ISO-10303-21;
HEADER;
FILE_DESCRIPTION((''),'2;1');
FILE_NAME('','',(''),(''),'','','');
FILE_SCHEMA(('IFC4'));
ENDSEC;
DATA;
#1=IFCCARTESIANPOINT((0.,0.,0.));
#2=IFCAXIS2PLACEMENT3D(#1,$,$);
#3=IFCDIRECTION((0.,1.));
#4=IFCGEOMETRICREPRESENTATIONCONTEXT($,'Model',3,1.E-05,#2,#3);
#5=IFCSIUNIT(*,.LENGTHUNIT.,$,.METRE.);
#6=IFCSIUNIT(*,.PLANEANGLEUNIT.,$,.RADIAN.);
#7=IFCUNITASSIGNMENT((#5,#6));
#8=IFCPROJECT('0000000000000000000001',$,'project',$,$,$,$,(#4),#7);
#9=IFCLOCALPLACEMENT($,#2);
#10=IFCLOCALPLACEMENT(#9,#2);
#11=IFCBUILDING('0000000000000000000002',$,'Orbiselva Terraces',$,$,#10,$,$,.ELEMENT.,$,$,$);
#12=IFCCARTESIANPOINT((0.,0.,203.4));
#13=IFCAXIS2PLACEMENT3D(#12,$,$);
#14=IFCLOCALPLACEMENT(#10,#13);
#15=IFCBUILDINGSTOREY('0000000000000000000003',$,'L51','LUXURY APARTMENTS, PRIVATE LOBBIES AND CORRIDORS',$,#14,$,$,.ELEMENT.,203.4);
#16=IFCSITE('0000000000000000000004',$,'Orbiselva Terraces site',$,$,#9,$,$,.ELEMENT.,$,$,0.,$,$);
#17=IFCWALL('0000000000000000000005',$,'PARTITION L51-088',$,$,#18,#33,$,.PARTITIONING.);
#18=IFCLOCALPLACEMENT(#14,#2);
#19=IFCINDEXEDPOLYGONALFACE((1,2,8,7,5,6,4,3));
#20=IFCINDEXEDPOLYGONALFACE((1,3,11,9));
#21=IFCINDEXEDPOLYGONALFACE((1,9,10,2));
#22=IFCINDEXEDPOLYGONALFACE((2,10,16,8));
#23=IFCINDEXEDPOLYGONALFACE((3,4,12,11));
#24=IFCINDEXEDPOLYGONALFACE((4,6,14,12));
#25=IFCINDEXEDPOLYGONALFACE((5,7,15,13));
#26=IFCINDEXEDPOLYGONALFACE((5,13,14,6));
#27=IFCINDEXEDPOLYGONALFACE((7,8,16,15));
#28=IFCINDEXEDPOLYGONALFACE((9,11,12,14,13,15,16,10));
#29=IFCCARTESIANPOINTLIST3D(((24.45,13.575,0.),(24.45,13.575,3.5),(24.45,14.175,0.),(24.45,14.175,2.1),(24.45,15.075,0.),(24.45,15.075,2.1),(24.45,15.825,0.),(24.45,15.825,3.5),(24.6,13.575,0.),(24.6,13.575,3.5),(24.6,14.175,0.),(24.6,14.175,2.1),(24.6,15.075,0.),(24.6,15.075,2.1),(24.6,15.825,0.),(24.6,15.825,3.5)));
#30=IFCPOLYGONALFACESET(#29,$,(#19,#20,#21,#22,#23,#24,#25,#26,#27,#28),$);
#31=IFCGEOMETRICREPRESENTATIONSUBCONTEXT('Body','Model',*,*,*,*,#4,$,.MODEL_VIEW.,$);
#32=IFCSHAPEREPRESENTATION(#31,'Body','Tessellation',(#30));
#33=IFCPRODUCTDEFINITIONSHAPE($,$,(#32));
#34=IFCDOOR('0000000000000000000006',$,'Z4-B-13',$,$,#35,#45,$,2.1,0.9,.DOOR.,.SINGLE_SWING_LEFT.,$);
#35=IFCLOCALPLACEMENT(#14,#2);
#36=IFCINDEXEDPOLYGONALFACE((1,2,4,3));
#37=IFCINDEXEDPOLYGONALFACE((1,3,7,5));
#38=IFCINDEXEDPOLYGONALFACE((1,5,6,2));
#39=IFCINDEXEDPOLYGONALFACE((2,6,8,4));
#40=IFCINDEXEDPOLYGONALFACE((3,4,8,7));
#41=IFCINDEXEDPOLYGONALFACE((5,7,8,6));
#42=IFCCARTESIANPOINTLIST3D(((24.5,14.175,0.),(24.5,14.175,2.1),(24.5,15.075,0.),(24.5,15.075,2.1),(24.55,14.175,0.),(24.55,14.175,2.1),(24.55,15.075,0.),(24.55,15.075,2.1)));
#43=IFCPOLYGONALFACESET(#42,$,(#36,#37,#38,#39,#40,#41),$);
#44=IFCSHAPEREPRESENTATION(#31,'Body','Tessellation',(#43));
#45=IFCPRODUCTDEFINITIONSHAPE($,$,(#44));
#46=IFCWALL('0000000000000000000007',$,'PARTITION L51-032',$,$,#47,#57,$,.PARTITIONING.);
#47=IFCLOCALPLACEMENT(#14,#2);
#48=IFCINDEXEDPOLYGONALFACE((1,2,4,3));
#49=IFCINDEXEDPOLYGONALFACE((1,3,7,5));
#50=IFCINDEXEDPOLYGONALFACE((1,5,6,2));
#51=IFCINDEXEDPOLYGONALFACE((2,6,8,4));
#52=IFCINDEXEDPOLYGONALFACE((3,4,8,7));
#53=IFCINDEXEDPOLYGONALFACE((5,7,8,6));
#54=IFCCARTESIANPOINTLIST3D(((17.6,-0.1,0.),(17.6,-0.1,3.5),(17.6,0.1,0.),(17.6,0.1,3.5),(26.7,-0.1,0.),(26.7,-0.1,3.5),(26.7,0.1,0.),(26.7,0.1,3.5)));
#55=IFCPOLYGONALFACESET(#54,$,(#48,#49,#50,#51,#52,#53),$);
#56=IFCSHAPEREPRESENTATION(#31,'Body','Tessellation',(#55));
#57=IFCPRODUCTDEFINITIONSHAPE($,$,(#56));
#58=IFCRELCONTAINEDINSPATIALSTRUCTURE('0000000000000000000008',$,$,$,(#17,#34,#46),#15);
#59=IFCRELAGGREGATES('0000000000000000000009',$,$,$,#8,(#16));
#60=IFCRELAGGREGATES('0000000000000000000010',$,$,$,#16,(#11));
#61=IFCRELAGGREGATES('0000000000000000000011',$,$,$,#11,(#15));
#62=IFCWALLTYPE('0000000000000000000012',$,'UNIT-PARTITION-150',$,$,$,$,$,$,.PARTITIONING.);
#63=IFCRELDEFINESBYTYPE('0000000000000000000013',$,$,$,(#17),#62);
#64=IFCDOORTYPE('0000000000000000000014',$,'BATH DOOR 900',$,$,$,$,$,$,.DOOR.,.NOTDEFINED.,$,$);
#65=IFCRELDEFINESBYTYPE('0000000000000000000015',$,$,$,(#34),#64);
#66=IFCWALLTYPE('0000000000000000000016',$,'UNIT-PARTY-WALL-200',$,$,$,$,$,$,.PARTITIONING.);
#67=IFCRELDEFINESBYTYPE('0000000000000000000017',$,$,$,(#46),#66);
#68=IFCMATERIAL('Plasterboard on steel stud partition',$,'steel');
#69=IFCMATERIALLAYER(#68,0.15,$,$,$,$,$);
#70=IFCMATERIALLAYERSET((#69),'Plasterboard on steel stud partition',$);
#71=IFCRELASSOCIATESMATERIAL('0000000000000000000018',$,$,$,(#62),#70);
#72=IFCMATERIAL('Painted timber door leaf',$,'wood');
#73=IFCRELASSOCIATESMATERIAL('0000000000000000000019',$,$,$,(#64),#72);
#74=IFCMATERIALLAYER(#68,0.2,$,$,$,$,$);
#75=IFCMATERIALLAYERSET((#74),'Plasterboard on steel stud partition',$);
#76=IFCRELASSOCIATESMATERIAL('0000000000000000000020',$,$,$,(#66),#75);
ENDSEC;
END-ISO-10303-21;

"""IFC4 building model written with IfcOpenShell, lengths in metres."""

from ifc_helpers import new_model, si_unit, direction, frame, frame_2d, origin, place, context, subcontext, project, spatial, rectangle, extrude, material, layer, layer_set, type_object, element, fill, save


model = new_model("IFC4")

# Units and contexts
model_context = context("Model", 3, precision=1e-05, world=origin(), true_north=direction((0.0, 1.0)))
body_context = subcontext(model_context, "Body", "Model", "MODEL_VIEW")
ifc_project = project(units=[si_unit("LENGTHUNIT", "METRE"), si_unit("PLANEANGLEUNIT", "RADIAN")], contexts=[model_context])

# Site, building, storey
site_placement = place(None, origin())
site = spatial("IfcSite", under=ifc_project, at=site_placement, Name="Orbiselva Terraces site", CompositionType="ELEMENT", RefElevation=0.0)
building_placement = place(site_placement, origin())
building = spatial("IfcBuilding", under=site, at=building_placement, Name="Orbiselva Terraces", CompositionType="ELEMENT")
storey_placement = place(building_placement, frame((0.0, 0.0, 203.4)))
storey = spatial("IfcBuildingStorey", under=building, at=storey_placement, Name="L51", Description="LUXURY APARTMENTS, PRIVATE LOBBIES AND CORRIDORS", CompositionType="ELEMENT", Elevation=203.4)

# Shared definitions
ifc_material_1 = material(Name="Plasterboard on steel stud partition", Category="steel")
ifc_material_2 = material(Name="Painted timber door leaf", Category="wood")

# Shared definitions
ifc_layer_1 = layer(ifc_material_1, 0.15)
ifc_layer_set_1 = layer_set([ifc_layer_1], Name="Plasterboard on steel stud partition")
wall_type_1 = type_object("IfcWallType", Name="UNIT-PARTITION-150", PredefinedType="PARTITIONING", material=ifc_layer_set_1)
door_type_1 = type_object("IfcDoorType", Name="BATH DOOR 900", OperationType="NOTDEFINED", PredefinedType="DOOR", material=ifc_material_2)

# Wall, opening, door
wall_1_placement = place(storey_placement, frame((24.525, 13.575, 0.0), z_axis=(0.0, 0.0, 1.0), x_axis=(0.0, 1.0, 0.0)))
wall_1 = element("IfcWall", 1, at=wall_1_placement, inside=storey, type_object=wall_type_1, Name="PARTITION L51-088", PredefinedType="PARTITIONING", context=body_context, shape_type="SweptSolid", body=[
    extrude(rectangle(XDim=2.25, YDim=0.15, at=frame_2d((1.125, 0.0))), origin(), (0.0, 0.0, 1.0), 3.5),
])
opening_1_placement = place(wall_1_placement, frame((0.6, 0.0, 0.0)))
opening_1 = element("IfcOpeningElement", 2, at=opening_1_placement, cuts=wall_1, PredefinedType="OPENING", context=body_context, shape_type="SweptSolid", body=[
    extrude(rectangle(XDim=0.9, YDim=2.1, at=frame_2d((0.45, 1.05))), frame((0.0, 0.085, 0.0), z_axis=(0.0, -1.0, 0.0), x_axis=(1.0, 0.0, 0.0)), (0.0, 0.0, 1.0), 0.17),
])
door_1_placement = place(opening_1_placement, origin())
door_1 = element("IfcDoor", 3, at=door_1_placement, inside=storey, type_object=door_type_1, Name="Z4-B-13", OperationType="SINGLE_SWING_LEFT", OverallHeight=2.1, OverallWidth=0.9, PredefinedType="DOOR", context=body_context, shape_type="SweptSolid", body=[
    extrude(rectangle(XDim=0.9, YDim=2.1, at=frame_2d((0.45, 1.05))), frame((0.0, 0.025, 0.0), z_axis=(0.0, -1.0, 0.0), x_axis=(1.0, 0.0, 0.0)), (0.0, 0.0, 1.0), 0.05),
])
fill(opening_1, door_1)

# Wall
ifc_layer_2 = layer(ifc_material_1, 0.2)
ifc_layer_set_2 = layer_set([ifc_layer_2], Name="Plasterboard on steel stud partition")
wall_type_2 = type_object("IfcWallType", Name="UNIT-PARTY-WALL-200", PredefinedType="PARTITIONING", material=ifc_layer_set_2)
wall_2_placement = place(storey_placement, frame((17.6, 0.0, 0.0), z_axis=(0.0, 0.0, 1.0), x_axis=(1.0, 0.0, 0.0)))
element("IfcWall", 4, at=wall_2_placement, inside=storey, type_object=wall_type_2, Name="PARTITION L51-032", PredefinedType="PARTITIONING", context=body_context, shape_type="SweptSolid", body=[
    extrude(rectangle(XDim=9.1, YDim=0.2, at=frame_2d((4.55, 0.0))), origin(), (0.0, 0.0, 1.0), 3.5),
])

save(model, "model.ifc")
